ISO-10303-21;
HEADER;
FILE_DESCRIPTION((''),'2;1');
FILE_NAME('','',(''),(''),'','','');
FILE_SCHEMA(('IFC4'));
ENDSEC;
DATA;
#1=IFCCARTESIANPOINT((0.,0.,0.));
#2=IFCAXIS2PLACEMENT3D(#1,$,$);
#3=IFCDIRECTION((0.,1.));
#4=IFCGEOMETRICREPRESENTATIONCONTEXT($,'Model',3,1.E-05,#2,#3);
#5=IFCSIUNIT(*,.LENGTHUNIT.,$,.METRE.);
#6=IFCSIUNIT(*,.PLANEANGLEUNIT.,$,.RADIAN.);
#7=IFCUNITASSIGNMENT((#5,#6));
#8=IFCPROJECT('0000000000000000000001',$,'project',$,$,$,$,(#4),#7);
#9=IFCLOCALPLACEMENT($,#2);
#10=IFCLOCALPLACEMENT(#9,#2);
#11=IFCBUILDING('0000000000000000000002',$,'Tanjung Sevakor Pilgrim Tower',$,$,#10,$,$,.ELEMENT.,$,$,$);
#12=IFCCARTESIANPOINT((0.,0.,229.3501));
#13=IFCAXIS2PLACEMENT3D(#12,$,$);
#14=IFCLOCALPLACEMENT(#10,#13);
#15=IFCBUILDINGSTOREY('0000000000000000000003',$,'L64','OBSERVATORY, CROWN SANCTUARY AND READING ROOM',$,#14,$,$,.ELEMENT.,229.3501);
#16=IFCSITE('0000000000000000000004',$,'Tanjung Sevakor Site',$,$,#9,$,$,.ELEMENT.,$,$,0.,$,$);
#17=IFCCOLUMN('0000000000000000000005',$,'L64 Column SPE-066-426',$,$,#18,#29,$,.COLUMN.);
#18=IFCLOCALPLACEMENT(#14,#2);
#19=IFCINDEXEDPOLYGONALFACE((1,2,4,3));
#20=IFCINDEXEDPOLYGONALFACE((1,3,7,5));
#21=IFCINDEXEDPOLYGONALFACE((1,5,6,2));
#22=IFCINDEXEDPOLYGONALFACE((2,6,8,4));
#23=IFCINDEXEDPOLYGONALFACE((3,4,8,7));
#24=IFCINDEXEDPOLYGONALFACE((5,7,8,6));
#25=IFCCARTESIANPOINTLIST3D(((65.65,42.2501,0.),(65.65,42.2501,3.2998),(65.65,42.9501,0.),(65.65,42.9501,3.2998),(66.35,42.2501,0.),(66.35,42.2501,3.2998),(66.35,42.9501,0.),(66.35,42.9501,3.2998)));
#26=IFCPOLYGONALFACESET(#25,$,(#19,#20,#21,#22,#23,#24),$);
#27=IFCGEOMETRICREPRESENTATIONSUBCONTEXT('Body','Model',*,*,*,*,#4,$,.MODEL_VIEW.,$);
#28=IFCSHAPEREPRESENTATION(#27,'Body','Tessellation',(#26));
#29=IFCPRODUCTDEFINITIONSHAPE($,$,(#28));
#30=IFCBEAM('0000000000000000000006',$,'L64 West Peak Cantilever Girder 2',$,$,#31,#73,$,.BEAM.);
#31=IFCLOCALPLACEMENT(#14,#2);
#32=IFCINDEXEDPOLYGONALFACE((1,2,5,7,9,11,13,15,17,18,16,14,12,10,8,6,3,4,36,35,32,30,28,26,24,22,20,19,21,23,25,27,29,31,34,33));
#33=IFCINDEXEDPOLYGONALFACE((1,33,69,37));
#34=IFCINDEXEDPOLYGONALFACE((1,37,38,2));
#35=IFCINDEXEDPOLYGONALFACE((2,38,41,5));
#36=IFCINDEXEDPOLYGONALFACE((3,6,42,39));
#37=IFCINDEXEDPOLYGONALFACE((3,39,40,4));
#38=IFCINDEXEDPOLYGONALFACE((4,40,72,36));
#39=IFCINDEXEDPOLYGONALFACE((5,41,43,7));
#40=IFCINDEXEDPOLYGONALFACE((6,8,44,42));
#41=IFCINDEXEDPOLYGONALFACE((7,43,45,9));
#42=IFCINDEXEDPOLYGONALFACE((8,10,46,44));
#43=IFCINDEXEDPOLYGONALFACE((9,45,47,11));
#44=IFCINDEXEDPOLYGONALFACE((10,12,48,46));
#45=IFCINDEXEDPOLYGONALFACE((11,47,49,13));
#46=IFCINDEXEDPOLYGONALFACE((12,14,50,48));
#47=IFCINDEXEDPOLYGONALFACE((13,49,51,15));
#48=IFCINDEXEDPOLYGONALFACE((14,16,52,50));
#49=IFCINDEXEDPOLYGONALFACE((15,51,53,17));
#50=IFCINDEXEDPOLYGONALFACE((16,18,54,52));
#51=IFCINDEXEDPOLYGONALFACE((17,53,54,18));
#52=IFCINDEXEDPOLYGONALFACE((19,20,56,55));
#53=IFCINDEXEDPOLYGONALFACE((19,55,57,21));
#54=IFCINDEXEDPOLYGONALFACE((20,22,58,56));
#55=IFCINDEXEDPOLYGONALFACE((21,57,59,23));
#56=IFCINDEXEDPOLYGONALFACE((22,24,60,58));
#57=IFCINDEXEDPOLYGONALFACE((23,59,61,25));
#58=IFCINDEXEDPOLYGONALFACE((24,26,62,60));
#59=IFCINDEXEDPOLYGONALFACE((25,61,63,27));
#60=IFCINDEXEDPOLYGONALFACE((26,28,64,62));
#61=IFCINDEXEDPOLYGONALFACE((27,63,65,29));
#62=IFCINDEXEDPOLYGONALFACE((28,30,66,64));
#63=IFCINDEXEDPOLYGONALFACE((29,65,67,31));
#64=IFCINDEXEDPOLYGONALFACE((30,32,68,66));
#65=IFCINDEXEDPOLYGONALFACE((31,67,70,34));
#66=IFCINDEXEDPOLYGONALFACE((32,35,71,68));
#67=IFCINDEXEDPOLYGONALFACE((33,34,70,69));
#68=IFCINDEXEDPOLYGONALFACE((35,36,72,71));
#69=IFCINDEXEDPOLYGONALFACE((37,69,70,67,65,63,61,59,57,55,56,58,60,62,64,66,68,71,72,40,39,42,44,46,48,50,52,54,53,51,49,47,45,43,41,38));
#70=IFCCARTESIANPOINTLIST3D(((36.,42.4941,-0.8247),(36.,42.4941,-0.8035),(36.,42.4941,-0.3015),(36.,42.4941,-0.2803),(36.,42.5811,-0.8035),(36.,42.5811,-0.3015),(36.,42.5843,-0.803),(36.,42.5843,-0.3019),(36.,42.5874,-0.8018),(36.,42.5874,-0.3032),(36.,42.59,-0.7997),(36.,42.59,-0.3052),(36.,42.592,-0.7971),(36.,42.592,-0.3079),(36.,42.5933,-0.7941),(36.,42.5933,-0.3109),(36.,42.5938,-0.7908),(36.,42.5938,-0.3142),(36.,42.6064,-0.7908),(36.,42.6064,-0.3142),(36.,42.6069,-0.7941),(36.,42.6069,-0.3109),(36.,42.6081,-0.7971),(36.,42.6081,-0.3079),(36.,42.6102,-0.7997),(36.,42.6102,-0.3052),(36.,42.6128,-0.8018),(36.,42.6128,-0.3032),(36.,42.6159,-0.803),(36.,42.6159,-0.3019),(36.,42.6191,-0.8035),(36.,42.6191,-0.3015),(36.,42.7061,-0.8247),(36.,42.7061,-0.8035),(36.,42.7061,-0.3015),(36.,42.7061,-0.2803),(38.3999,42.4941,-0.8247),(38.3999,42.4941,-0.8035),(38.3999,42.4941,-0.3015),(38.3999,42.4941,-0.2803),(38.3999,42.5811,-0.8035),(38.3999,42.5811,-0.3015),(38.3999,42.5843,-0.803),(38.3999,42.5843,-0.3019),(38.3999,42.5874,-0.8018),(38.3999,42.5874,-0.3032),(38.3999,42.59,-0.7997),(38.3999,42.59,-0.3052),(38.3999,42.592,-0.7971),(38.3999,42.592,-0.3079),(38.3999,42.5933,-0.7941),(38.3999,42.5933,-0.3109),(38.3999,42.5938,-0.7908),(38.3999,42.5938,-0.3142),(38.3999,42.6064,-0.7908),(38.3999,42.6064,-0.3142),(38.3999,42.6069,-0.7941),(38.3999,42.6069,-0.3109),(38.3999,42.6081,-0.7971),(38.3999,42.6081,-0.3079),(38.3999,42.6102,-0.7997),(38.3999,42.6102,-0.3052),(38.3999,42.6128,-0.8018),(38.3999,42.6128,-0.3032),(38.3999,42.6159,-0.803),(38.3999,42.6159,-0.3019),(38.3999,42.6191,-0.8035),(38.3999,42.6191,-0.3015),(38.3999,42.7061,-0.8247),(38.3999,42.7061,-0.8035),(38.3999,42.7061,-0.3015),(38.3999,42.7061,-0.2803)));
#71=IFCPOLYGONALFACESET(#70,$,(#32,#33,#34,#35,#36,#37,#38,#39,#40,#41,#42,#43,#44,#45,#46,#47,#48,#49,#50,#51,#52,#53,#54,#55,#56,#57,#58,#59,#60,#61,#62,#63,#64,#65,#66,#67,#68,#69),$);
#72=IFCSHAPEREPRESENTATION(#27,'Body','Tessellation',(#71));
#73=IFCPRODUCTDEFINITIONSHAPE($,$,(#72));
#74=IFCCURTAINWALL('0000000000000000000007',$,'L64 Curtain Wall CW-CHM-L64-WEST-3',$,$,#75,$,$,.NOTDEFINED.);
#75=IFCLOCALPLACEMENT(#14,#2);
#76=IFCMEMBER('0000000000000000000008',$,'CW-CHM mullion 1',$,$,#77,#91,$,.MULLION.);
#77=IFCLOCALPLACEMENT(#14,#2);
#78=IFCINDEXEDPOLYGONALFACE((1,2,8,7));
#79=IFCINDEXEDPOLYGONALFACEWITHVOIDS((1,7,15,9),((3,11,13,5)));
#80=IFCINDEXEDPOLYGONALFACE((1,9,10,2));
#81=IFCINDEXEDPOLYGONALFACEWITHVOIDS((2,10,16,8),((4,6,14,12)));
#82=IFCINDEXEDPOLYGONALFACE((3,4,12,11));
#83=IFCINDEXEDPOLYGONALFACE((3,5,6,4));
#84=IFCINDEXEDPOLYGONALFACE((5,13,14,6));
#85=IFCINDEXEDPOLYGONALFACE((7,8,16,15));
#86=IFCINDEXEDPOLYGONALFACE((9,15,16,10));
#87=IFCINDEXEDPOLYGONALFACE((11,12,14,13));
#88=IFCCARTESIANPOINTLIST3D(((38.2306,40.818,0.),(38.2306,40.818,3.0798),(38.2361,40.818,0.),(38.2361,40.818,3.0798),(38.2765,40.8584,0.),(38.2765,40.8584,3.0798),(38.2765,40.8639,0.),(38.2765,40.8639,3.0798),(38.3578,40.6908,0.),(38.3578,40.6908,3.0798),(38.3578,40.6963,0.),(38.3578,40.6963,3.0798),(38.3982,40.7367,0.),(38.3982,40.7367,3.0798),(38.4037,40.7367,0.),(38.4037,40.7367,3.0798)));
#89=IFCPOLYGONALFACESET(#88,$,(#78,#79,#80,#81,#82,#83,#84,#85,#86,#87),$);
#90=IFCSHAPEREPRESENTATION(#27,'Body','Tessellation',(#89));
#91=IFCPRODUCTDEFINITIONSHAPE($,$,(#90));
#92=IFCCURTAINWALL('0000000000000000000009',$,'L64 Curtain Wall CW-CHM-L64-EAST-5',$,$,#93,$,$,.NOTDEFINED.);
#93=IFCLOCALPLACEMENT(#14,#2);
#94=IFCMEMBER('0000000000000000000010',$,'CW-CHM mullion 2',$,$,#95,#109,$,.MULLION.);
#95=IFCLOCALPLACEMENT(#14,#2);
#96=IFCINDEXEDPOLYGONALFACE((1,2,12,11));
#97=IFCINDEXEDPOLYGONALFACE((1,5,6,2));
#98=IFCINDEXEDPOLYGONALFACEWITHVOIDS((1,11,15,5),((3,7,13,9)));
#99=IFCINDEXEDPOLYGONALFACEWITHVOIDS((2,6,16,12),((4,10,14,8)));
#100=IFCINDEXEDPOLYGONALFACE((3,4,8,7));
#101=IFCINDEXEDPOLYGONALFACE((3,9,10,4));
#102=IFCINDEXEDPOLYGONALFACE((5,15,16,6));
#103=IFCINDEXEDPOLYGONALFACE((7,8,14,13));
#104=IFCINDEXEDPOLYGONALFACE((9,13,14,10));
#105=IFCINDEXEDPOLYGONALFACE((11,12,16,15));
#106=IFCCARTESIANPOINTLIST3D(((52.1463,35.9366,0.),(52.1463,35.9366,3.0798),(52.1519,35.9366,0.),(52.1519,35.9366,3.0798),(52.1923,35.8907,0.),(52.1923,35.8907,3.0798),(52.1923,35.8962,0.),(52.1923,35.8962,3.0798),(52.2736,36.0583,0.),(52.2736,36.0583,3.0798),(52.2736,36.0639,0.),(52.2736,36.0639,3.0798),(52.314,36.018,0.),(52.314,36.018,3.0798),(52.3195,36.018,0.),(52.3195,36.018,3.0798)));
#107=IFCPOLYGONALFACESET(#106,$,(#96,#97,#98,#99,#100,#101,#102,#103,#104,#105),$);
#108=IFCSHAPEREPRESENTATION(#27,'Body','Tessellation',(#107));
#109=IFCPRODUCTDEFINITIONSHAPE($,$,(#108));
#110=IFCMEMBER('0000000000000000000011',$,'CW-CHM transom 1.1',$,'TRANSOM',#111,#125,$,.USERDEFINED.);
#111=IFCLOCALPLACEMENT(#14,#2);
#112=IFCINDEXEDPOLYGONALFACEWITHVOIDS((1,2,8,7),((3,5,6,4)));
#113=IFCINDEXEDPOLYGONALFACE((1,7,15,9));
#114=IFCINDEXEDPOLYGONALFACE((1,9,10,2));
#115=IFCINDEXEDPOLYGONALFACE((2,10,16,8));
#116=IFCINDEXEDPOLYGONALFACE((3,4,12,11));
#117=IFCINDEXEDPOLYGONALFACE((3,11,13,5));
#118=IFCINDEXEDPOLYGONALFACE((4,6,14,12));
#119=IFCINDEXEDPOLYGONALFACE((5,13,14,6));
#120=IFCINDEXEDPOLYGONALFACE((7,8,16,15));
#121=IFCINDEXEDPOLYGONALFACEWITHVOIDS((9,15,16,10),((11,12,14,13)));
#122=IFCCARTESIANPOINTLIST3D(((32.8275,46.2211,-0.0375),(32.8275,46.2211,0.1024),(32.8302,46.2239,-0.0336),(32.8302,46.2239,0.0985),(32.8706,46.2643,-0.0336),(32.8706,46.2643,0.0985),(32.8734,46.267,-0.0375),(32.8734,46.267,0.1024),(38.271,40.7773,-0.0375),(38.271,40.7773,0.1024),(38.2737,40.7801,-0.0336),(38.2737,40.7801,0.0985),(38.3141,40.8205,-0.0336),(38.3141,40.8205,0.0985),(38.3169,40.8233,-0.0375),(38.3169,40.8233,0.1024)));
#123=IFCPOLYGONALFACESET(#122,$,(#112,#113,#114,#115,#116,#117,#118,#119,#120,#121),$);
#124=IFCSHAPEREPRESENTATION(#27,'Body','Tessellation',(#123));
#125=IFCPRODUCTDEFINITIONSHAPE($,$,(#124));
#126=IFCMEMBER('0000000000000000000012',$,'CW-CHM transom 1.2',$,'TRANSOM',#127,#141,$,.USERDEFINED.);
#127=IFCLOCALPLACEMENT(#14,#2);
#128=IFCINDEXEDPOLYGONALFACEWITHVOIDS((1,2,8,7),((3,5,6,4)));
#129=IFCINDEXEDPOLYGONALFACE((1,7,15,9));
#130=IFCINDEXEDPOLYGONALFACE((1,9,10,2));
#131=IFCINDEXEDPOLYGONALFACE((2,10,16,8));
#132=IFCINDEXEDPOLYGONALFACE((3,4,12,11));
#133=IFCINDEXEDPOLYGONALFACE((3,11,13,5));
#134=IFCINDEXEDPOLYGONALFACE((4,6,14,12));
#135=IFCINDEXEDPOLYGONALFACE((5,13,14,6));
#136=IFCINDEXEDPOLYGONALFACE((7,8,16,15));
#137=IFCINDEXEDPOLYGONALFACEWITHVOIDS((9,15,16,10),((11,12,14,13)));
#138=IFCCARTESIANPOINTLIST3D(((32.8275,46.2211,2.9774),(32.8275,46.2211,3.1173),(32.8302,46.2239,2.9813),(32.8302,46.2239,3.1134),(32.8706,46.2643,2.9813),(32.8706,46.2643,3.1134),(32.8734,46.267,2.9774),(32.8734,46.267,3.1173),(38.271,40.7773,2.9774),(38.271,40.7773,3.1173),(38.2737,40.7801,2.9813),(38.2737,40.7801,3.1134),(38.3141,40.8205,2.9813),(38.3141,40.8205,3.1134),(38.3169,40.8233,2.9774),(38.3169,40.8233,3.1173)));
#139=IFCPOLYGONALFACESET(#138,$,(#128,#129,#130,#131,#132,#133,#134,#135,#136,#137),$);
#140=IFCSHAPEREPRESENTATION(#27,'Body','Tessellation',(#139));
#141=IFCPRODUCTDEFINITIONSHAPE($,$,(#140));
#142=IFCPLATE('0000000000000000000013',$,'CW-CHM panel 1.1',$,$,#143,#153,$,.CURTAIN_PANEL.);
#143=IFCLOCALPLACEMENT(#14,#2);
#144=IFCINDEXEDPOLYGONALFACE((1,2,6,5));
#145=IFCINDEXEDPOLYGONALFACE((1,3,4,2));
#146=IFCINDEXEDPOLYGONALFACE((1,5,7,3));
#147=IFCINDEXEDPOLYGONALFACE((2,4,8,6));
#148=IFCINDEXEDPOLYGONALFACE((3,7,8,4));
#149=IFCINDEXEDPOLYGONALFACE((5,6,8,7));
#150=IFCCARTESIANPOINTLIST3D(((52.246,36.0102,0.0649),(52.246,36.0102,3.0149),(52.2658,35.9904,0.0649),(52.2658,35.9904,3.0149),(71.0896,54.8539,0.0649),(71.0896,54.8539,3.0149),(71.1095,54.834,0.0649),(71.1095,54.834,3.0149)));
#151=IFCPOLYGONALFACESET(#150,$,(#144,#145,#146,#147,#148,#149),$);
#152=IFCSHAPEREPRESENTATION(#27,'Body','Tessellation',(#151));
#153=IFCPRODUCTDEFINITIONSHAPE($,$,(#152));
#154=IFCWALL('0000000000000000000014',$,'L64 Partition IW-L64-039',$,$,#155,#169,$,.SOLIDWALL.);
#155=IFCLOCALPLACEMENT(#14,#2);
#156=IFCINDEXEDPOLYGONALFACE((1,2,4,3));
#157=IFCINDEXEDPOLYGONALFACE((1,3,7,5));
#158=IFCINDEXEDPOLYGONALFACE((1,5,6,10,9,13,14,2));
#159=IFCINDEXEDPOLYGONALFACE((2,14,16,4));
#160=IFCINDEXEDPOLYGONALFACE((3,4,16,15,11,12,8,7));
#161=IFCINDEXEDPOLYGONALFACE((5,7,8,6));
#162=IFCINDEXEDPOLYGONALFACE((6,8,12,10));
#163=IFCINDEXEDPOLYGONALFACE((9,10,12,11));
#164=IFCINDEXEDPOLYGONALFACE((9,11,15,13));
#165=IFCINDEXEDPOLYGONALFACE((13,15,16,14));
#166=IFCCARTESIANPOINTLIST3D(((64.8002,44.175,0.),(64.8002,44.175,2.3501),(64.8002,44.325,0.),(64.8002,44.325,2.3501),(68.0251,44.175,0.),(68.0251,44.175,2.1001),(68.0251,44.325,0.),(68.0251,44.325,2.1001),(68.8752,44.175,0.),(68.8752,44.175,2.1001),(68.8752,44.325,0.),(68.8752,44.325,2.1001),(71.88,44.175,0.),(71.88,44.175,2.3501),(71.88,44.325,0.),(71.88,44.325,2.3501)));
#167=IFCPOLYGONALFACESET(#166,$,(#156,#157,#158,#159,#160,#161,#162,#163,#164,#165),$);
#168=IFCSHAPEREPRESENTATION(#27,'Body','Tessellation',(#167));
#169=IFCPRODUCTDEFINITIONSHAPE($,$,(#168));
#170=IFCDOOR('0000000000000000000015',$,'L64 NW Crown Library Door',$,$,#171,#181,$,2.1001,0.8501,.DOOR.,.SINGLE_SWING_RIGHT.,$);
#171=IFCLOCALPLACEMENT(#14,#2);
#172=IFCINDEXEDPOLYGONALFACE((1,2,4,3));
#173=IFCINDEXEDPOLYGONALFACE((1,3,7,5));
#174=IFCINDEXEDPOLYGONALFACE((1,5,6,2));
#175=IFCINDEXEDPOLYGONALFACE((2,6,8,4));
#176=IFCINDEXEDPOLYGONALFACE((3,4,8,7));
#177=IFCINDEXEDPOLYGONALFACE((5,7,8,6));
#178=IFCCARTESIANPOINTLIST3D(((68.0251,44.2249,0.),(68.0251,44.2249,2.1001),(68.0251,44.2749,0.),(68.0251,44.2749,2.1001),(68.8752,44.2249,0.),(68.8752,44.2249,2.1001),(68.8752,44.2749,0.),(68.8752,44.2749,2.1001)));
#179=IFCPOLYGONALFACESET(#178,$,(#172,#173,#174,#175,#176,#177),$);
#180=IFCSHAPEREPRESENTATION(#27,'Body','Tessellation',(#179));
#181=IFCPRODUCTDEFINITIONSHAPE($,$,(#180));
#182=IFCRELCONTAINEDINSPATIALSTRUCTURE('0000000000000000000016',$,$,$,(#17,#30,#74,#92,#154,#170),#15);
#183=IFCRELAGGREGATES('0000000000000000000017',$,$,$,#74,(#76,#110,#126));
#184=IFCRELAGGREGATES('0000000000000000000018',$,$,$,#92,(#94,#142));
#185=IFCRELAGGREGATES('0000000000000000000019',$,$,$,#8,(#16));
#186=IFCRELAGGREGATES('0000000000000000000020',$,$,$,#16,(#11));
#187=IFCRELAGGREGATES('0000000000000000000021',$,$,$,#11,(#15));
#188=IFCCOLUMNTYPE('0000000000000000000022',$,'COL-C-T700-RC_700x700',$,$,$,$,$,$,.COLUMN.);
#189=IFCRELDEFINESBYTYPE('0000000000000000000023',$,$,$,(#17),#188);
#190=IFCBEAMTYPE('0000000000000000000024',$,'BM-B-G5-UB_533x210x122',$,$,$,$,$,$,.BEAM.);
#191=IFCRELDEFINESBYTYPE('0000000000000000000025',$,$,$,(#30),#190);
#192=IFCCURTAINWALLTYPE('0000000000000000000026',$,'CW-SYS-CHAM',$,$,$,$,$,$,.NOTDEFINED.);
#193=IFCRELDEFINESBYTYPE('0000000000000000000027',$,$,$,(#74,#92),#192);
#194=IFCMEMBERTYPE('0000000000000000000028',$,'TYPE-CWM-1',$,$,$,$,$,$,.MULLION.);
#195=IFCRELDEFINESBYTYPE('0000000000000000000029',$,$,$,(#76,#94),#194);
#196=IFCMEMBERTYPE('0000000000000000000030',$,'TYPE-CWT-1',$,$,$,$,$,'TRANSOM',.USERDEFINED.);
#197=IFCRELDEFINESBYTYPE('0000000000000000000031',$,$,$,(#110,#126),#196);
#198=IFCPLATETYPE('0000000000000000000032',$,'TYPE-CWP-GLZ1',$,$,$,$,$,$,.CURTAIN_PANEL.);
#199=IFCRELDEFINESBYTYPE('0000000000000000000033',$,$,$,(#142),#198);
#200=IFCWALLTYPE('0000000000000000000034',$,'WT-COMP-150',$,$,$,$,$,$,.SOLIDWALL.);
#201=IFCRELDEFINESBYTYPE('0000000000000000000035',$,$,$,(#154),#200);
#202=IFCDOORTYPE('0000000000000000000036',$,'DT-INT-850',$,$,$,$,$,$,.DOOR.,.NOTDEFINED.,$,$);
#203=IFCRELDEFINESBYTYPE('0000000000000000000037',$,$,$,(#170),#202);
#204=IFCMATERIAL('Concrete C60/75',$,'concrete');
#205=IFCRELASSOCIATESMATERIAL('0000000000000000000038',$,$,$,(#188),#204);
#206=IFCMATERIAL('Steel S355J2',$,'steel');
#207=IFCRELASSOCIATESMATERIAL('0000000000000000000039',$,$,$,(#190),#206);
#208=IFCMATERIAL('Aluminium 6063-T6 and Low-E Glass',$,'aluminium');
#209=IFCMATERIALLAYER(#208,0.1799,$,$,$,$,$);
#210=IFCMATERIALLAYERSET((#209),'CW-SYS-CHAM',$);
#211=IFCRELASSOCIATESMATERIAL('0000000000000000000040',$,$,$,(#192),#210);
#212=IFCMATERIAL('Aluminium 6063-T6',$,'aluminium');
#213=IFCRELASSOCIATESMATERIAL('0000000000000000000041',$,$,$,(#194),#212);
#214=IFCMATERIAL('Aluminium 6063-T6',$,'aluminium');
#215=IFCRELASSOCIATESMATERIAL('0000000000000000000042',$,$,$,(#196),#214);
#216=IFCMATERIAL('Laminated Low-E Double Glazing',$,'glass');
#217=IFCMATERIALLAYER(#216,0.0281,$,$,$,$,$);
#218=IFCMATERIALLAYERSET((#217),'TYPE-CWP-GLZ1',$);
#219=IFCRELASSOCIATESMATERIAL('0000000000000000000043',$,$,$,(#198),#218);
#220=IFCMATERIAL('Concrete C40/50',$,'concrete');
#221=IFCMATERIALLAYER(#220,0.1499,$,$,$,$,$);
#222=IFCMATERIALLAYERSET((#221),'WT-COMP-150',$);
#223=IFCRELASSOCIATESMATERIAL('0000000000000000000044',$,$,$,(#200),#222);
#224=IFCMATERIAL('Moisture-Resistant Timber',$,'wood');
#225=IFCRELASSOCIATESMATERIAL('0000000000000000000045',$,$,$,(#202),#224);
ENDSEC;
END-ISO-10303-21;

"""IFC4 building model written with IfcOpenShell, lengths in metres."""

from ifc_helpers import new_model, si_unit, direction, frame, frame_2d, origin, origin_2d, place, context, subcontext, project, spatial, rectangle, hollow_rectangle, i_section, extrude, material, layer, layer_set, material_profile, profile_set, type_object, element, fill, aggregate, save


model = new_model("IFC4")

# Units and contexts
model_context = context("Model", 3, precision=1e-05, world=origin(), true_north=direction((0.0, 1.0)))
body_context = subcontext(model_context, "Body", "Model", "MODEL_VIEW")
ifc_project = project(units=[si_unit("LENGTHUNIT", "METRE"), si_unit("PLANEANGLEUNIT", "RADIAN")], contexts=[model_context])

# Site, building, storey
site_placement = place(None, origin())
site = spatial("IfcSite", under=ifc_project, at=site_placement, Name="Tanjung Sevakor Site", CompositionType="ELEMENT", RefElevation=0.0)
building_placement = place(site_placement, origin())
building = spatial("IfcBuilding", under=site, at=building_placement, Name="Tanjung Sevakor Pilgrim Tower", CompositionType="ELEMENT")
storey_placement = place(building_placement, frame((0.0, 0.0, 229.3501)))
storey = spatial("IfcBuildingStorey", under=building, at=storey_placement, Name="L64", Description="OBSERVATORY, CROWN SANCTUARY AND READING ROOM", CompositionType="ELEMENT", Elevation=229.3501)

# Column
ifc_material_1 = material(Name="Concrete C60/75", Category="concrete")
ifc_material_profile_1 = material_profile(ifc_material_1, rectangle(XDim=0.7, YDim=0.7, at=origin_2d()))
ifc_profile_set_1 = profile_set([ifc_material_profile_1], Name="Concrete C60/75")
column_type = type_object("IfcColumnType", Name="COL-C-T700-RC_700x700", PredefinedType="COLUMN", material=ifc_profile_set_1)
column_placement = place(storey_placement, frame((66.0, 42.6001, 0.0), z_axis=(0.0, 0.0, 1.0), x_axis=(1.0, 0.0, 0.0)))
element("IfcColumn", 1, at=column_placement, inside=storey, type_object=column_type, Name="L64 Column SPE-066-426", PredefinedType="COLUMN", context=body_context, shape_type="SweptSolid", body=[
    extrude(rectangle(XDim=0.7, YDim=0.7, at=origin_2d()), origin(), (0.0, 0.0, 1.0), 3.2998),
])

# Beam
ifc_material_2 = material(Name="Steel S355J2", Category="steel")
ifc_material_profile_2 = material_profile(ifc_material_2, i_section(OverallWidth=0.2119, OverallDepth=0.5444, WebThickness=0.0127, FlangeThickness=0.0212, FilletRadius=0.0127, at=origin_2d()))
ifc_profile_set_2 = profile_set([ifc_material_profile_2], Name="Steel S355J2")
beam_type = type_object("IfcBeamType", Name="BM-B-G5-UB_533x210x122", PredefinedType="BEAM", material=ifc_profile_set_2)
beam_placement = place(storey_placement, frame((36.0, 42.6001, -0.5525), z_axis=(1.0, 0.0, 0.0), x_axis=(0.0, 1.0, 0.0)))
element("IfcBeam", 2, at=beam_placement, inside=storey, type_object=beam_type, Name="L64 West Peak Cantilever Girder 2", PredefinedType="BEAM", context=body_context, shape_type="SweptSolid", body=[
    extrude(i_section(OverallWidth=0.2119, OverallDepth=0.5444, WebThickness=0.0127, FlangeThickness=0.0212, FilletRadius=0.0127, at=origin_2d()), origin(), (0.0, 0.0, 1.0), 2.3999),
])

# Curtain walls, members
ifc_material_3 = material(Name="Aluminium 6063-T6 and Low-E Glass", Category="aluminium")
ifc_layer_1 = layer(ifc_material_3, 0.1799)
ifc_layer_set_1 = layer_set([ifc_layer_1], Name="CW-SYS-CHAM")
curtain_wall_type = type_object("IfcCurtainWallType", Name="CW-SYS-CHAM", PredefinedType="NOTDEFINED", material=ifc_layer_set_1)
curtain_wall_1_placement = place(storey_placement, origin())
curtain_wall_1 = element("IfcCurtainWall", 3, at=curtain_wall_1_placement, inside=storey, type_object=curtain_wall_type, Name="L64 Curtain Wall CW-CHM-L64-WEST-3", PredefinedType="NOTDEFINED")
ifc_material_4 = material(Name="Aluminium 6063-T6", Category="aluminium")
ifc_material_profile_3 = material_profile(ifc_material_4, hollow_rectangle(XDim=0.0649, YDim=0.1799, WallThickness=0.0039, at=origin_2d()))
ifc_profile_set_3 = profile_set([ifc_material_profile_3], Name="Aluminium 6063-T6")
member_type_1 = type_object("IfcMemberType", Name="TYPE-CWM-1", PredefinedType="MULLION", material=ifc_profile_set_3)
member_1_placement = place(storey_placement, frame((38.3171, 40.7773, 0.0), z_axis=(0.0, 0.0, 1.0), x_axis=(-0.707107, -0.707107, 0.0)))
member_1 = element("IfcMember", 4, at=member_1_placement, type_object=member_type_1, Name="CW-CHM mullion 1", PredefinedType="MULLION", context=body_context, shape_type="SweptSolid", body=[
    extrude(hollow_rectangle(XDim=0.0649, YDim=0.1799, WallThickness=0.0039, at=origin_2d()), origin(), (0.0, 0.0, 1.0), 3.0798),
])
curtain_wall_2_placement = place(storey_placement, origin())
curtain_wall_2 = element("IfcCurtainWall", 5, at=curtain_wall_2_placement, inside=storey, type_object=curtain_wall_type, Name="L64 Curtain Wall CW-CHM-L64-EAST-5", PredefinedType="NOTDEFINED")
member_2_placement = place(storey_placement, frame((52.2329, 35.9773, 0.0), z_axis=(0.0, 0.0, 1.0), x_axis=(0.707107, -0.707107, 0.0)))
member_2 = element("IfcMember", 6, at=member_2_placement, type_object=member_type_1, Name="CW-CHM mullion 2", PredefinedType="MULLION", context=body_context, shape_type="SweptSolid", body=[
    extrude(hollow_rectangle(XDim=0.0649, YDim=0.1799, WallThickness=0.0039, at=origin_2d()), origin(), (0.0, 0.0, 1.0), 3.0798),
])

# Members
ifc_material_5 = material(Name="Aluminium 6063-T6", Category="aluminium")
ifc_material_profile_4 = material_profile(ifc_material_5, hollow_rectangle(XDim=0.0649, YDim=0.1399, WallThickness=0.0039, at=origin_2d()))
ifc_profile_set_4 = profile_set([ifc_material_profile_4], Name="Aluminium 6063-T6")
member_type_2 = type_object("IfcMemberType", Name="TYPE-CWT-1", ElementType="TRANSOM", PredefinedType="USERDEFINED", material=ifc_profile_set_4)
member_3_placement = place(storey_placement, frame((38.2939, 40.8003, 0.0325), z_axis=(-0.707091, 0.707123, 0.0), x_axis=(-0.707123, -0.707091, 0.0)))
member_3 = element("IfcMember", 7, at=member_3_placement, type_object=member_type_2, Name="CW-CHM transom 1.1", ObjectType="TRANSOM", PredefinedType="USERDEFINED", context=body_context, shape_type="SweptSolid", body=[
    extrude(hollow_rectangle(XDim=0.0649, YDim=0.1399, WallThickness=0.0039, at=origin_2d()), origin(), (0.0, 0.0, 1.0), 7.6985),
])
member_4_placement = place(storey_placement, frame((38.2939, 40.8003, 3.0474), z_axis=(-0.707091, 0.707123, 0.0), x_axis=(-0.707123, -0.707091, 0.0)))
member_4 = element("IfcMember", 8, at=member_4_placement, type_object=member_type_2, Name="CW-CHM transom 1.2", ObjectType="TRANSOM", PredefinedType="USERDEFINED", context=body_context, shape_type="SweptSolid", body=[
    extrude(hollow_rectangle(XDim=0.0649, YDim=0.1399, WallThickness=0.0039, at=origin_2d()), origin(), (0.0, 0.0, 1.0), 7.6985),
])
aggregate(curtain_wall_1, [member_1, member_3, member_4])

# Plate
ifc_material_6 = material(Name="Laminated Low-E Double Glazing", Category="glass")
ifc_layer_2 = layer(ifc_material_6, 0.0281)
ifc_layer_set_2 = layer_set([ifc_layer_2], Name="TYPE-CWP-GLZ1")
plate_type = type_object("IfcPlateType", Name="TYPE-CWP-GLZ1", PredefinedType="CURTAIN_PANEL", material=ifc_layer_set_2)
plate_placement = place(storey_placement, frame((61.6777, 45.4221, 0.0649), z_axis=(0.0, 0.0, 1.0), x_axis=(-0.707107, -0.707107, 0.0)))
plate = element("IfcPlate", 9, at=plate_placement, type_object=plate_type, Name="CW-CHM panel 1.1", PredefinedType="CURTAIN_PANEL", context=body_context, shape_type="SweptSolid", body=[
    extrude(rectangle(XDim=26.6489, YDim=0.0281, at=origin_2d()), origin(), (0.0, 0.0, 1.0), 2.95),
])
aggregate(curtain_wall_2, [member_2, plate])

# Wall, opening, door
ifc_material_7 = material(Name="Concrete C40/50", Category="concrete")
ifc_layer_3 = layer(ifc_material_7, 0.1499)
ifc_layer_set_3 = layer_set([ifc_layer_3], Name="WT-COMP-150")
wall_type_1 = type_object("IfcWallType", Name="WT-COMP-150", PredefinedType="SOLIDWALL", material=ifc_layer_set_3)
wall_1_placement = place(storey_placement, frame((64.8, 44.25, 0.0), z_axis=(0.0, 0.0, 1.0), x_axis=(1.0, 0.0, 0.0)))
wall_1 = element("IfcWall", 10, at=wall_1_placement, inside=storey, type_object=wall_type_1, Name="L64 Partition IW-L64-039", PredefinedType="SOLIDWALL", context=body_context, shape_type="SweptSolid", body=[
    extrude(rectangle(XDim=7.0798, YDim=0.1499, at=frame_2d((3.54, 0.0))), origin(), (0.0, 0.0, 1.0), 2.3501),
])
opening_placement = place(wall_1_placement, frame((3.2251, 0.0, 0.0)))
opening = element("IfcOpeningElement", 11, at=opening_placement, cuts=wall_1, PredefinedType="OPENING", context=body_context, shape_type="SweptSolid", body=[
    extrude(rectangle(XDim=0.8501, YDim=2.1001, at=frame_2d((0.425, 1.05))), frame((0.0, 0.085, 0.0), z_axis=(0.0, -1.0, 0.0), x_axis=(1.0, 0.0, 0.0)), (0.0, 0.0, 1.0), 0.1699),
])
ifc_material_8 = material(Name="Moisture-Resistant Timber", Category="wood")
door_type = type_object("IfcDoorType", Name="DT-INT-850", OperationType="NOTDEFINED", PredefinedType="DOOR", material=ifc_material_8)
door_placement = place(opening_placement, origin())
door = element("IfcDoor", 12, at=door_placement, inside=storey, type_object=door_type, Name="L64 NW Crown Library Door", OperationType="SINGLE_SWING_RIGHT", OverallHeight=2.1001, OverallWidth=0.8501, PredefinedType="DOOR", context=body_context, shape_type="SweptSolid", body=[
    extrude(rectangle(XDim=0.8501, YDim=2.1001, at=frame_2d((0.425, 1.05))), frame((0.0, 0.0249, 0.0), z_axis=(0.0, -1.0, 0.0), x_axis=(1.0, 0.0, 0.0)), (0.0, 0.0, 1.0), 0.05),
])
fill(opening, door)

save(model, "model.ifc")
